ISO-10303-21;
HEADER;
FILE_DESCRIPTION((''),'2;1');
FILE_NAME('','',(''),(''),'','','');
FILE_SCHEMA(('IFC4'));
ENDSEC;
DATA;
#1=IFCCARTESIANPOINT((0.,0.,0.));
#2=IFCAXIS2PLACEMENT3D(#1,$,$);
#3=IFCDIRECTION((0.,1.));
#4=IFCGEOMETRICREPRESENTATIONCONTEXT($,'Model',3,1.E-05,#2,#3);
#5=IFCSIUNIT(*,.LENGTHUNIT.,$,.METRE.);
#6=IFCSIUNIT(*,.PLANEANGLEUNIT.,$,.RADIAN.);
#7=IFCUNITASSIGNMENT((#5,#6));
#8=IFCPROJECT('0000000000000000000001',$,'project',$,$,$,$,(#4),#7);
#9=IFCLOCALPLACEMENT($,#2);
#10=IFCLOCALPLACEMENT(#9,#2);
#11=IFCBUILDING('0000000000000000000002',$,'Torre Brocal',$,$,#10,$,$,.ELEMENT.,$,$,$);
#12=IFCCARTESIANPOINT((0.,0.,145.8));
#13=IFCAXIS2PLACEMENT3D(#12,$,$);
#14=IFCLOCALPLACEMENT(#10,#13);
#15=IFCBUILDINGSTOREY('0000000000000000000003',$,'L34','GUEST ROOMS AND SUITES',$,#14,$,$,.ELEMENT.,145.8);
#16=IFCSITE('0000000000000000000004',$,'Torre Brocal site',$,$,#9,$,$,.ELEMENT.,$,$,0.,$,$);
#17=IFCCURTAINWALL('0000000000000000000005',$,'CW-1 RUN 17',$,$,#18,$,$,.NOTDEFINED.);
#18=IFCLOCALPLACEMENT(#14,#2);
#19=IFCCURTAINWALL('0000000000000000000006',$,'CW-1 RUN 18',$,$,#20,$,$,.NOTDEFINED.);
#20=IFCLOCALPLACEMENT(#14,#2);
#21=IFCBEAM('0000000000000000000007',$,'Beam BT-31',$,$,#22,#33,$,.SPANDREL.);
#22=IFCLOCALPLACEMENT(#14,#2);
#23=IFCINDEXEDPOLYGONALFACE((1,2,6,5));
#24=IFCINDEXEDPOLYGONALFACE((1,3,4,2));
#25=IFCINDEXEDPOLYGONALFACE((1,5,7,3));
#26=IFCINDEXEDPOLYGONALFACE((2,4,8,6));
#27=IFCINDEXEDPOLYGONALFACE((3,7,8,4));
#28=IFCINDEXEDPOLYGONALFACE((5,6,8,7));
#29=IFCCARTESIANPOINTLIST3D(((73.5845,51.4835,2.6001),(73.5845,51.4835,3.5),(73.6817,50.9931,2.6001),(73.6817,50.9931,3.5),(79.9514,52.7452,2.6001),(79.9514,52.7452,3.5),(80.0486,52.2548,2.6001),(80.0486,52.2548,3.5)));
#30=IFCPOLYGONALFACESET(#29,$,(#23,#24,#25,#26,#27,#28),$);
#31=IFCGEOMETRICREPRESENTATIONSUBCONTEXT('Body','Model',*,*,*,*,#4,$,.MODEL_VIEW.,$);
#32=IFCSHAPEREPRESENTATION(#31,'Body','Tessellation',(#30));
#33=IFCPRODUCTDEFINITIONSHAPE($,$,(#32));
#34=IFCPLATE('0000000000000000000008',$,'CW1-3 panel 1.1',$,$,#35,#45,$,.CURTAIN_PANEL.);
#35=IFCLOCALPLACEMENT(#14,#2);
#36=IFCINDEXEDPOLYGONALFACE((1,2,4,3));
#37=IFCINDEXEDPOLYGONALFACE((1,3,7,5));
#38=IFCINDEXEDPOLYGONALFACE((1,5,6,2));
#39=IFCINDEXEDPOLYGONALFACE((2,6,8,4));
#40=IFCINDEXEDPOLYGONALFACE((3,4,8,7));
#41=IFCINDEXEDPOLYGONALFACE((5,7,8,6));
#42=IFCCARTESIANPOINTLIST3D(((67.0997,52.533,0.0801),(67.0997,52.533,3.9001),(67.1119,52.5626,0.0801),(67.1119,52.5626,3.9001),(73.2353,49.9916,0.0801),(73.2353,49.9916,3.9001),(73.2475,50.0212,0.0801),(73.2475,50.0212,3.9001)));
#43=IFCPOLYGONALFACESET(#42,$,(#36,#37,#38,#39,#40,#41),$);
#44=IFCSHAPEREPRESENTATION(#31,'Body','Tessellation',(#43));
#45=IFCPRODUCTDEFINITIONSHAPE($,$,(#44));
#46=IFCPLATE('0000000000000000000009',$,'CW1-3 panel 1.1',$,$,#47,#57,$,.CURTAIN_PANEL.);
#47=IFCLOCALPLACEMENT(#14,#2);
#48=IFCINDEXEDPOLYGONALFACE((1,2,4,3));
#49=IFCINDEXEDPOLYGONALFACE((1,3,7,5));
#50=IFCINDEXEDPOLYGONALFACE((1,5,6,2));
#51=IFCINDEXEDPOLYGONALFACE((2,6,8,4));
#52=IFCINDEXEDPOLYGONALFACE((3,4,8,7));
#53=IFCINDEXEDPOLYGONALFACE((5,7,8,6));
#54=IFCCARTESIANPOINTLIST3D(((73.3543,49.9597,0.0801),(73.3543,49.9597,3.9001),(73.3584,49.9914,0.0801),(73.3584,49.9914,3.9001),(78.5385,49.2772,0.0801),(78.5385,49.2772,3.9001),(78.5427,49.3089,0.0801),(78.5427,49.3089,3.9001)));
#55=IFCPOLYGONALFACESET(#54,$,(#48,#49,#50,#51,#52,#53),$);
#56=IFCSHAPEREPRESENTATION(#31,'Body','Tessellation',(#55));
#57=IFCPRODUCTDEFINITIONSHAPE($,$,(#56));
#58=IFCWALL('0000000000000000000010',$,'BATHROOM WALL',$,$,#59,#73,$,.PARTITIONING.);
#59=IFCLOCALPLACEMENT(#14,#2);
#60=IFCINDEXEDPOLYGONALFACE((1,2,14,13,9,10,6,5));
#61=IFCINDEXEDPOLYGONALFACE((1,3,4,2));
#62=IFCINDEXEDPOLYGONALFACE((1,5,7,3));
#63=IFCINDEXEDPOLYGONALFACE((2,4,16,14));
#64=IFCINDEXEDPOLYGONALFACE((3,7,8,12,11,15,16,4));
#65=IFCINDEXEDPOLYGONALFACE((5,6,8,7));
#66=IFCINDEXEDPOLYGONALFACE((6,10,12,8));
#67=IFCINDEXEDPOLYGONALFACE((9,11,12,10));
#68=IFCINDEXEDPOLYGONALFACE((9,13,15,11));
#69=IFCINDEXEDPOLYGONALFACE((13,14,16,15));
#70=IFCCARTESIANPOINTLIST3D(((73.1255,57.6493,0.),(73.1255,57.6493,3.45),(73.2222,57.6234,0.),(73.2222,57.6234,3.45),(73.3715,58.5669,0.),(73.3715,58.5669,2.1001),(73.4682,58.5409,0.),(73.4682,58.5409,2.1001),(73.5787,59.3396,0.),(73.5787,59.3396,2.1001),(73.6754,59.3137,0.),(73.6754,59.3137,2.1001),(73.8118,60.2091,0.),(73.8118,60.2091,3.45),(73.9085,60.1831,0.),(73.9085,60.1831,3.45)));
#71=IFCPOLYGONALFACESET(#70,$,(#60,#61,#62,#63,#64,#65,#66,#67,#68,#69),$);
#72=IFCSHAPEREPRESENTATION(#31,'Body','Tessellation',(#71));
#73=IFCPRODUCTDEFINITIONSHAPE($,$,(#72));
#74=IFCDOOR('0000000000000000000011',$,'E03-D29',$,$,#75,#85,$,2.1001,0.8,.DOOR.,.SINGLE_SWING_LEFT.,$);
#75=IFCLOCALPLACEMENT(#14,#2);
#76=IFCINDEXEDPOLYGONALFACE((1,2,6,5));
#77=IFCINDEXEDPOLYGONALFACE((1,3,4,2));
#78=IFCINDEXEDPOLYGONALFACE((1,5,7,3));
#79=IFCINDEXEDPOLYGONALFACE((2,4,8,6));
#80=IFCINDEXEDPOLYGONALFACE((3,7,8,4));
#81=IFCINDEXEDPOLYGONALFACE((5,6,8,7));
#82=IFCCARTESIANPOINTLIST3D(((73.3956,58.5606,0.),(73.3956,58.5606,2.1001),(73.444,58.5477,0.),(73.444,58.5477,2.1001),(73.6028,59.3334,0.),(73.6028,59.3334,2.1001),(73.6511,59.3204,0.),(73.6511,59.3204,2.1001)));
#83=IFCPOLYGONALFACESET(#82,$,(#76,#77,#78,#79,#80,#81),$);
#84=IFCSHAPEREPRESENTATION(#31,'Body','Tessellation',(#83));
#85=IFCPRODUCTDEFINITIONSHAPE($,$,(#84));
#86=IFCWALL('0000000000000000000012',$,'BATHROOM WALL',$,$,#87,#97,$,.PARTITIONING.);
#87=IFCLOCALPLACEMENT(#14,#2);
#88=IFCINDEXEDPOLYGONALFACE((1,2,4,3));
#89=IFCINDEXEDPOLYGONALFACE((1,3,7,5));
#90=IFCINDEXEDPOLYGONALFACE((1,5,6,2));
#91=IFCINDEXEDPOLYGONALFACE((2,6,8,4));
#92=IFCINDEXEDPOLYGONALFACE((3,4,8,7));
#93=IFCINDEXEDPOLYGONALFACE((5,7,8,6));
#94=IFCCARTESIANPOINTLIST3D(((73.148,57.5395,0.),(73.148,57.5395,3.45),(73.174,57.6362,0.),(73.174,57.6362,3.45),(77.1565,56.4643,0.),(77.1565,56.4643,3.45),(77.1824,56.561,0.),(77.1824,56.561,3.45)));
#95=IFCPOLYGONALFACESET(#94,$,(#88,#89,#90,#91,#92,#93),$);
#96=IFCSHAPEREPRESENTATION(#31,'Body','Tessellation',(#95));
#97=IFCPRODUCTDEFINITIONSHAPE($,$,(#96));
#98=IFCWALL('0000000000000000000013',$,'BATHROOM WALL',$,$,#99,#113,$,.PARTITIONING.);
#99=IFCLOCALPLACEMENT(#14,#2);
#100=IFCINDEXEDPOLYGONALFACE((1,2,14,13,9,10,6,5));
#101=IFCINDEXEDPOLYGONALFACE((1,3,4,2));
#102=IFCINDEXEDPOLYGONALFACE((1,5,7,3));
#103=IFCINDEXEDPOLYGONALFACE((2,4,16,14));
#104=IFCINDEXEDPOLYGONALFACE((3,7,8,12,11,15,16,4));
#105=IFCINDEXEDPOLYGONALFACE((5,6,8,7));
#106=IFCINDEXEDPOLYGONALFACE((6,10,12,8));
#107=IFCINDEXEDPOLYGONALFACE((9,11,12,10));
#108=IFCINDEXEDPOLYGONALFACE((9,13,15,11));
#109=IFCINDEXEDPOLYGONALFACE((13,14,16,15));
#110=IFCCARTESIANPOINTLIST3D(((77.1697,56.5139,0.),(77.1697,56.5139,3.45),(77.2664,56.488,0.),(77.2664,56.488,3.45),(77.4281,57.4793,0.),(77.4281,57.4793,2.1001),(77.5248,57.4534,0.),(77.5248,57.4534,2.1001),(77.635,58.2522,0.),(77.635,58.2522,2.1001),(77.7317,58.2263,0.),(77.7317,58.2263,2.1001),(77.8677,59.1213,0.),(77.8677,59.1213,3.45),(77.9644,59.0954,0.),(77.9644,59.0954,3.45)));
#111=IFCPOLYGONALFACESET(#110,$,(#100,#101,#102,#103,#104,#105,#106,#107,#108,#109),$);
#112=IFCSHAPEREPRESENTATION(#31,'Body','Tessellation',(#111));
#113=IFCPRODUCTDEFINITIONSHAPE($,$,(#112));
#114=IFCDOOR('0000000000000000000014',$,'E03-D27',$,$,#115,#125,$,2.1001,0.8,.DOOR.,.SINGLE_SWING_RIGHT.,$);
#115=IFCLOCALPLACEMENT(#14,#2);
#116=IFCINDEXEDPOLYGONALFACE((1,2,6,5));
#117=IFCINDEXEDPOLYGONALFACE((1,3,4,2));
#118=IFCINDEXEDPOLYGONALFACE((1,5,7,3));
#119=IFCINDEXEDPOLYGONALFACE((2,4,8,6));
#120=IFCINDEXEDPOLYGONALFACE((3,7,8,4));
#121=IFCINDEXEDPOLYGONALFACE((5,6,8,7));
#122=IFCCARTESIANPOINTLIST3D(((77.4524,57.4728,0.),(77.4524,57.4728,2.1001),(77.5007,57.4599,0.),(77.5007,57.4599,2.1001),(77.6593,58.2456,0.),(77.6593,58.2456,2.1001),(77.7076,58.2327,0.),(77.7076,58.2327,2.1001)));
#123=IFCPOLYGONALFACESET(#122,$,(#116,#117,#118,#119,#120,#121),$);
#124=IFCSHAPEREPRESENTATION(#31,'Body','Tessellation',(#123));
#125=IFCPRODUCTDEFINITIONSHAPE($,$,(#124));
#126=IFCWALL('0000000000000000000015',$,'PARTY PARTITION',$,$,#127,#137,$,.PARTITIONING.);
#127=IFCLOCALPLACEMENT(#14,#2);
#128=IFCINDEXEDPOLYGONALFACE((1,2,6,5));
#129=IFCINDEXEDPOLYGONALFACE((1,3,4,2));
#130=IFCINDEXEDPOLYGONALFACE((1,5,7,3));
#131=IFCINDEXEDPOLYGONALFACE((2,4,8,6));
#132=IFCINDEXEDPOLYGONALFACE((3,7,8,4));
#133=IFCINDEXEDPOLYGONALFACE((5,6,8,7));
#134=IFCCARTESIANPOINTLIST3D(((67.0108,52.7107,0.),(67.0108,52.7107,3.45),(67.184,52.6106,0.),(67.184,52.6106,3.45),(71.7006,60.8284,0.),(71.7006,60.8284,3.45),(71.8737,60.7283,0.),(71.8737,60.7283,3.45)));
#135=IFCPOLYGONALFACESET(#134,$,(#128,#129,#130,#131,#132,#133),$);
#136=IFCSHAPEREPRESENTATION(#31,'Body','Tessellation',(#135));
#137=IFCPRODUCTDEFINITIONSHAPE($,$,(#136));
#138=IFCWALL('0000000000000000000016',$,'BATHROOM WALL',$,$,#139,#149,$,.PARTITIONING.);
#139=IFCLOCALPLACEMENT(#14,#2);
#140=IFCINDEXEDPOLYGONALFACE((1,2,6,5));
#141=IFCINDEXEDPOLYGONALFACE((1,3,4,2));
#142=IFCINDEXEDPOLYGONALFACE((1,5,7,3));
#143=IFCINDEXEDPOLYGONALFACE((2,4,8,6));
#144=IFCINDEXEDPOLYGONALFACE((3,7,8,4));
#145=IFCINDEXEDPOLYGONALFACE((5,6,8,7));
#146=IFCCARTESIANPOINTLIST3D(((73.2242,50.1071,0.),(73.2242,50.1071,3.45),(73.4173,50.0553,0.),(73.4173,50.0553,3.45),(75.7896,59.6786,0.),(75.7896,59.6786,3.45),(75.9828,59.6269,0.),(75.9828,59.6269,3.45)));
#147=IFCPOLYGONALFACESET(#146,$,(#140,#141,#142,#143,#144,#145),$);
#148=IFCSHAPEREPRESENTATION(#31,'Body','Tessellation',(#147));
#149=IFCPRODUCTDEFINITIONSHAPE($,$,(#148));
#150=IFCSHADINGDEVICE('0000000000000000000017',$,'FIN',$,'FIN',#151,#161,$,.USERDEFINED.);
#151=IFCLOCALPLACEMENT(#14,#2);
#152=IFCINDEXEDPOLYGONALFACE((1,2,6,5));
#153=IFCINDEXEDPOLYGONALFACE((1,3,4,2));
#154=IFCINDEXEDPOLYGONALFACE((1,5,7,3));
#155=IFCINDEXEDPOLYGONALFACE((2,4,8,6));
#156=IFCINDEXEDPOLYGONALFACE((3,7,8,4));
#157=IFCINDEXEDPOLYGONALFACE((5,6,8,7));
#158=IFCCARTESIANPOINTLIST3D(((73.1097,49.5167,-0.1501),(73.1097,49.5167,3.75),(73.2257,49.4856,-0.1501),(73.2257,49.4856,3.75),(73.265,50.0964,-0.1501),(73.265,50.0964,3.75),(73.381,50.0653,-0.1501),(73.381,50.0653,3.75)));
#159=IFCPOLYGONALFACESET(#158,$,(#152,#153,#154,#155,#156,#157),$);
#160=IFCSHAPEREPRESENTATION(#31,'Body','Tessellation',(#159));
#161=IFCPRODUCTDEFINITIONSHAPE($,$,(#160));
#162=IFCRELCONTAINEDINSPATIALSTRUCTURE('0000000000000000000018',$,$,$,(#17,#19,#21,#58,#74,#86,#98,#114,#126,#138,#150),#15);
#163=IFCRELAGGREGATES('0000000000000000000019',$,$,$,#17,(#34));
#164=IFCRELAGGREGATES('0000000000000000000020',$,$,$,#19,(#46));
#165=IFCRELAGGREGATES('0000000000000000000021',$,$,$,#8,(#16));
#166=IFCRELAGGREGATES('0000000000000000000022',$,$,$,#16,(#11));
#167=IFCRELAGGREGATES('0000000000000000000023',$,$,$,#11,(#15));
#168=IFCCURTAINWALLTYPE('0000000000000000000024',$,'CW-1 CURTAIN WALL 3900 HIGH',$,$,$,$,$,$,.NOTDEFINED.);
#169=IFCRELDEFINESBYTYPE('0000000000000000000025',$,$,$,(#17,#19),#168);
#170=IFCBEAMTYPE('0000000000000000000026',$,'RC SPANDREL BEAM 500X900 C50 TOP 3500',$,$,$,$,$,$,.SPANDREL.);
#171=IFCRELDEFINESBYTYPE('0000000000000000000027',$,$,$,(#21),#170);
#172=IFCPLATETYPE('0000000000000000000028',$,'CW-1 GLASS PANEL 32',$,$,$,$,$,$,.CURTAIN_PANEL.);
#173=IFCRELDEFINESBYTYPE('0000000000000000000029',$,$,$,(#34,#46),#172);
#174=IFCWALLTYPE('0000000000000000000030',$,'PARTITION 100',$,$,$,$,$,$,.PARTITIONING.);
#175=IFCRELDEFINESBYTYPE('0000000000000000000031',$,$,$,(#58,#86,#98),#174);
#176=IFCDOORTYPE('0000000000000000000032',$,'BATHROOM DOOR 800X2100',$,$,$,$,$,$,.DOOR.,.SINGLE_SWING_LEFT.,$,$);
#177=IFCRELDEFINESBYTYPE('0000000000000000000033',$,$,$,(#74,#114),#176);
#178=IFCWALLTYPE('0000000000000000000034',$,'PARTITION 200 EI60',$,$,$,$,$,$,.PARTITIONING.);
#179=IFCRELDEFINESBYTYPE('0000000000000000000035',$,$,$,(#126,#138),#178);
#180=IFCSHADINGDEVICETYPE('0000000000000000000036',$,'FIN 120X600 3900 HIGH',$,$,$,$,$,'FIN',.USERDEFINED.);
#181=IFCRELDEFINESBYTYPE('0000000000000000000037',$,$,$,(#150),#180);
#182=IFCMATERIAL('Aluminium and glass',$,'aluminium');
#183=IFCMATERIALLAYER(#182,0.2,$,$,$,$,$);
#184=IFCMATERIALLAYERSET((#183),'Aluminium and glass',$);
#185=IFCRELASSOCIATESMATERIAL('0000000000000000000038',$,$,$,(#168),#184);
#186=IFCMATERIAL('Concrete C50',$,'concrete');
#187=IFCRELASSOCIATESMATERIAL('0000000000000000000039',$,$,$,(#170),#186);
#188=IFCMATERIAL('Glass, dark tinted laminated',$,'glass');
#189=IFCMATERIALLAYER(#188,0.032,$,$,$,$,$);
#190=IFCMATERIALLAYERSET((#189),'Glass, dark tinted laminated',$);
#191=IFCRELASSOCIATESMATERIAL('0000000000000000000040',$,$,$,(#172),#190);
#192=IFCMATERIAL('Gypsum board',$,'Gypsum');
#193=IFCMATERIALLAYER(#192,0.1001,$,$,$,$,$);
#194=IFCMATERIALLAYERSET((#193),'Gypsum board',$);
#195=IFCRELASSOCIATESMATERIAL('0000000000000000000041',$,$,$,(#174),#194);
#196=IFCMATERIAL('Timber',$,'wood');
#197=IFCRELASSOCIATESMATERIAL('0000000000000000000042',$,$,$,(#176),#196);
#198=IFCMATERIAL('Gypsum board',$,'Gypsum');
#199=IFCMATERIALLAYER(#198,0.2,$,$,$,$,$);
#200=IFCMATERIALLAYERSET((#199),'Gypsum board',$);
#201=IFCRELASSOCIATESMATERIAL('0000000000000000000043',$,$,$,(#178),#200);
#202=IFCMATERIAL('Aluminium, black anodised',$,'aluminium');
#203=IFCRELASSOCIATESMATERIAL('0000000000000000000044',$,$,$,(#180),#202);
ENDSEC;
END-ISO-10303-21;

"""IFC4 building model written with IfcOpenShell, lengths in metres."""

from ifc_helpers import new_model, si_unit, direction, frame, frame_2d, origin, origin_2d, place, context, subcontext, project, spatial, rectangle, extrude, material, layer, layer_set, material_profile, profile_set, type_object, element, fill, aggregate, save


model = new_model("IFC4")

# Units and contexts
model_context = context("Model", 3, precision=1e-05, world=origin(), true_north=direction((0.0, 1.0)))
body_context = subcontext(model_context, "Body", "Model", "MODEL_VIEW")
ifc_project = project(units=[si_unit("LENGTHUNIT", "METRE"), si_unit("PLANEANGLEUNIT", "RADIAN")], contexts=[model_context])

# Site, building, storey
site_placement = place(None, origin())
site = spatial("IfcSite", under=ifc_project, at=site_placement, Name="Torre Brocal site", CompositionType="ELEMENT", RefElevation=0.0)
building_placement = place(site_placement, origin())
building = spatial("IfcBuilding", under=site, at=building_placement, Name="Torre Brocal", CompositionType="ELEMENT")
storey_placement = place(building_placement, frame((0.0, 0.0, 145.8)))
storey = spatial("IfcBuildingStorey", under=building, at=storey_placement, Name="L34", Description="GUEST ROOMS AND SUITES", CompositionType="ELEMENT", Elevation=145.8)

# Shared definitions
ifc_material_1 = material(Name="Aluminium and glass", Category="aluminium")
ifc_layer_1 = layer(ifc_material_1, 0.2)
ifc_layer_set_1 = layer_set([ifc_layer_1], Name="Aluminium and glass")
curtain_wall_type = type_object("IfcCurtainWallType", Name="CW-1 CURTAIN WALL 3900 HIGH", PredefinedType="NOTDEFINED", material=ifc_layer_set_1)

# Curtain walls
curtain_wall_1_placement = place(storey_placement, origin())
curtain_wall_1 = element("IfcCurtainWall", 1, at=curtain_wall_1_placement, inside=storey, type_object=curtain_wall_type, Name="CW-1 RUN 17", PredefinedType="NOTDEFINED")
curtain_wall_2_placement = place(storey_placement, origin())
curtain_wall_2 = element("IfcCurtainWall", 2, at=curtain_wall_2_placement, inside=storey, type_object=curtain_wall_type, Name="CW-1 RUN 18", PredefinedType="NOTDEFINED")

# Beam
ifc_material_2 = material(Name="Concrete C50", Category="concrete")
ifc_material_profile_1 = material_profile(ifc_material_2, rectangle(XDim=0.5, YDim=0.8999, at=origin_2d()), Name="RC 500X900")
ifc_profile_set_1 = profile_set([ifc_material_profile_1], Name="Concrete C50")
beam_type_1 = type_object("IfcBeamType", Name="RC SPANDREL BEAM 500X900 C50 TOP 3500", PredefinedType="SPANDREL", material=ifc_profile_set_1)
beam_1_placement = place(storey_placement, frame((73.6331, 51.2383, 3.05), z_axis=(0.980925, 0.194387, 0.0), x_axis=(-0.194387, 0.980925, 0.0)))
element("IfcBeam", 3, at=beam_1_placement, inside=storey, type_object=beam_type_1, Name="Beam BT-31", PredefinedType="SPANDREL", context=body_context, shape_type="SweptSolid", body=[
    extrude(rectangle(XDim=0.5, YDim=0.8999, at=origin_2d()), origin(), (0.0, 0.0, 1.0), 6.4907),
])

# Plates
ifc_material_3 = material(Name="Glass, dark tinted laminated", Category="glass")
ifc_layer_2 = layer(ifc_material_3, 0.032)
ifc_layer_set_2 = layer_set([ifc_layer_2], Name="Glass, dark tinted laminated")
plate_type = type_object("IfcPlateType", Name="CW-1 GLASS PANEL 32", PredefinedType="CURTAIN_PANEL", material=ifc_layer_set_2)
plate_1_placement = place(storey_placement, frame((70.1736, 51.2771, 0.0801), z_axis=(0.0, 0.0, 1.0), x_axis=(0.92388, -0.382683, 0.0)))
plate_1 = element("IfcPlate", 4, at=plate_1_placement, type_object=plate_type, Name="CW1-3 panel 1.1", PredefinedType="CURTAIN_PANEL", context=body_context, shape_type="SweptSolid", body=[
    extrude(rectangle(XDim=6.6411, YDim=0.032, at=origin_2d()), origin(), (0.0, 0.0, 1.0), 3.8201),
])
aggregate(curtain_wall_1, [plate_1])
plate_2_placement = place(storey_placement, frame((75.9485, 49.6343, 0.0801), z_axis=(0.0, 0.0, 1.0), x_axis=(0.991445, -0.130526, 0.0)))
plate_2 = element("IfcPlate", 5, at=plate_2_placement, type_object=plate_type, Name="CW1-3 panel 1.1", PredefinedType="CURTAIN_PANEL", context=body_context, shape_type="SweptSolid", body=[
    extrude(rectangle(XDim=5.229, YDim=0.032, at=origin_2d()), origin(), (0.0, 0.0, 1.0), 3.8201),
])
aggregate(curtain_wall_2, [plate_2])

# Wall, opening, door
ifc_material_4 = material(Name="Gypsum board", Category="Gypsum")
ifc_layer_3 = layer(ifc_material_4, 0.1001)
ifc_layer_set_3 = layer_set([ifc_layer_3], Name="Gypsum board")
wall_type_1 = type_object("IfcWallType", Name="PARTITION 100", PredefinedType="PARTITIONING", material=ifc_layer_set_3)
wall_1_placement = place(storey_placement, frame((73.1738, 57.6362, 0.0), z_axis=(0.0, 0.0, 1.0), x_axis=(0.258952, 0.96589, 0.0)))
wall_1 = element("IfcWall", 6, at=wall_1_placement, inside=storey, type_object=wall_type_1, Name="BATHROOM WALL", PredefinedType="PARTITIONING", context=body_context, shape_type="SweptSolid", body=[
    extrude(rectangle(XDim=2.6501, YDim=0.1001, at=frame_2d((1.3252, 0.0))), origin(), (0.0, 0.0, 1.0), 3.45),
])
opening_1_placement = place(wall_1_placement, frame((0.9502, 0.0, 0.0)))
opening_1 = element("IfcOpeningElement", 7, at=opening_1_placement, cuts=wall_1, PredefinedType="OPENING", context=body_context, shape_type="SweptSolid", body=[
    extrude(rectangle(XDim=0.8, YDim=2.1001, at=frame_2d((0.3999, 1.05))), frame((0.0, 0.0601, 0.0), z_axis=(0.0, -1.0, 0.0), x_axis=(1.0, 0.0, 0.0)), (0.0, 0.0, 1.0), 0.1201),
])
ifc_material_5 = material(Name="Timber", Category="wood")
door_type = type_object("IfcDoorType", Name="BATHROOM DOOR 800X2100", OperationType="SINGLE_SWING_LEFT", PredefinedType="DOOR", material=ifc_material_5)
door_1_placement = place(opening_1_placement, frame((0.8, 0.0, 0.0), z_axis=(0.0, 0.0, 1.0), x_axis=(-1.0, 0.0, 0.0)))
door_1 = element("IfcDoor", 8, at=door_1_placement, inside=storey, type_object=door_type, Name="E03-D29", OperationType="SINGLE_SWING_LEFT", OverallHeight=2.1001, OverallWidth=0.8, PredefinedType="DOOR", context=body_context, shape_type="SweptSolid", body=[
    extrude(rectangle(XDim=0.8, YDim=2.1001, at=frame_2d((0.3999, 1.05))), frame((0.0, 0.0249, 0.0), z_axis=(0.0, -1.0, 0.0), x_axis=(1.0, 0.0, 0.0)), (0.0, 0.0, 1.0), 0.05),
])
fill(opening_1, door_1)

# Wall
wall_2_placement = place(storey_placement, frame((73.1609, 57.5879, 0.0), z_axis=(0.0, 0.0, 1.0), x_axis=(0.965859, -0.259068, 0.0)))
element("IfcWall", 9, at=wall_2_placement, inside=storey, type_object=wall_type_1, Name="BATHROOM WALL", PredefinedType="PARTITIONING", context=body_context, shape_type="SweptSolid", body=[
    extrude(rectangle(XDim=4.1501, YDim=0.1001, at=frame_2d((2.0752, 0.0))), origin(), (0.0, 0.0, 1.0), 3.45),
])

# Wall, opening, door
wall_3_placement = place(storey_placement, frame((77.218, 56.501, 0.0), z_axis=(0.0, 0.0, 1.0), x_axis=(0.258591, 0.965987, 0.0)))
wall_3 = element("IfcWall", 10, at=wall_3_placement, inside=storey, type_object=wall_type_1, Name="BATHROOM WALL", PredefinedType="PARTITIONING", context=body_context, shape_type="SweptSolid", body=[
    extrude(rectangle(XDim=2.6992, YDim=0.1001, at=frame_2d((1.3496, 0.0))), origin(), (0.0, 0.0, 1.0), 3.45),
])
opening_2_placement = place(wall_3_placement, frame((0.9995, 0.0, 0.0)))
opening_2 = element("IfcOpeningElement", 11, at=opening_2_placement, cuts=wall_3, PredefinedType="OPENING", context=body_context, shape_type="SweptSolid", body=[
    extrude(rectangle(XDim=0.8, YDim=2.1001, at=frame_2d((0.3999, 1.05))), frame((0.0, 0.0601, 0.0), z_axis=(0.0, -1.0, 0.0), x_axis=(1.0, 0.0, 0.0)), (0.0, 0.0, 1.0), 0.1201),
])
door_2_placement = place(opening_2_placement, origin())
door_2 = element("IfcDoor", 12, at=door_2_placement, inside=storey, type_object=door_type, Name="E03-D27", OperationType="SINGLE_SWING_RIGHT", OverallHeight=2.1001, OverallWidth=0.8, PredefinedType="DOOR", context=body_context, shape_type="SweptSolid", body=[
    extrude(rectangle(XDim=0.8, YDim=2.1001, at=frame_2d((0.3999, 1.05))), frame((0.0, 0.0249, 0.0), z_axis=(0.0, -1.0, 0.0), x_axis=(1.0, 0.0, 0.0)), (0.0, 0.0, 1.0), 0.05),
])
fill(opening_2, door_2)

# Walls
ifc_material_6 = material(Name="Gypsum board", Category="Gypsum")
ifc_layer_4 = layer(ifc_material_6, 0.2)
ifc_layer_set_4 = layer_set([ifc_layer_4], Name="Gypsum board")
wall_type_2 = type_object("IfcWallType", Name="PARTITION 200 EI60", PredefinedType="PARTITIONING", material=ifc_layer_set_4)
wall_4_placement = place(storey_placement, frame((67.0974, 52.6606, 0.0), z_axis=(0.0, 0.0, 1.0), x_axis=(0.500236, 0.865889, 0.0)))
element("IfcWall", 13, at=wall_4_placement, inside=storey, type_object=wall_type_2, Name="PARTY PARTITION", PredefinedType="PARTITIONING", context=body_context, shape_type="SweptSolid", body=[
    extrude(rectangle(XDim=9.375, YDim=0.2, at=frame_2d((4.6875, 0.0))), origin(), (0.0, 0.0, 1.0), 3.45),
])
wall_5_placement = place(storey_placement, frame((73.3208, 50.0813, 0.0), z_axis=(0.0, 0.0, 1.0), x_axis=(0.258889, 0.965907, 0.0)))
element("IfcWall", 14, at=wall_5_placement, inside=storey, type_object=wall_type_2, Name="BATHROOM WALL", PredefinedType="PARTITIONING", context=body_context, shape_type="SweptSolid", body=[
    extrude(rectangle(XDim=9.9094, YDim=0.2, at=frame_2d((4.9546, 0.0))), origin(), (0.0, 0.0, 1.0), 3.45),
])

# Shading device
ifc_material_7 = material(Name="Aluminium, black anodised", Category="aluminium")
ifc_material_profile_2 = material_profile(ifc_material_7, rectangle(XDim=0.1201, YDim=0.6001, at=origin_2d()), Name="FIN 120X600 3900 HIGH")
ifc_profile_set_2 = profile_set([ifc_material_profile_2], Name="Aluminium, black anodised")
shading_device_type = type_object("IfcShadingDeviceType", Name="FIN 120X600 3900 HIGH", ElementType="FIN", PredefinedType="USERDEFINED", material=ifc_profile_set_2)
shading_device_placement = place(storey_placement, frame((73.2454, 49.791, -0.1501), z_axis=(0.0, 0.0, 1.0), x_axis=(0.965926, -0.258819, 0.0)))
element("IfcShadingDevice", 15, at=shading_device_placement, inside=storey, type_object=shading_device_type, Name="FIN", ObjectType="FIN", PredefinedType="USERDEFINED", context=body_context, shape_type="SweptSolid", body=[
    extrude(rectangle(XDim=0.1201, YDim=0.6001, at=origin_2d()), origin(), (0.0, 0.0, 1.0), 3.9001),
])

save(model, "model.ifc")
